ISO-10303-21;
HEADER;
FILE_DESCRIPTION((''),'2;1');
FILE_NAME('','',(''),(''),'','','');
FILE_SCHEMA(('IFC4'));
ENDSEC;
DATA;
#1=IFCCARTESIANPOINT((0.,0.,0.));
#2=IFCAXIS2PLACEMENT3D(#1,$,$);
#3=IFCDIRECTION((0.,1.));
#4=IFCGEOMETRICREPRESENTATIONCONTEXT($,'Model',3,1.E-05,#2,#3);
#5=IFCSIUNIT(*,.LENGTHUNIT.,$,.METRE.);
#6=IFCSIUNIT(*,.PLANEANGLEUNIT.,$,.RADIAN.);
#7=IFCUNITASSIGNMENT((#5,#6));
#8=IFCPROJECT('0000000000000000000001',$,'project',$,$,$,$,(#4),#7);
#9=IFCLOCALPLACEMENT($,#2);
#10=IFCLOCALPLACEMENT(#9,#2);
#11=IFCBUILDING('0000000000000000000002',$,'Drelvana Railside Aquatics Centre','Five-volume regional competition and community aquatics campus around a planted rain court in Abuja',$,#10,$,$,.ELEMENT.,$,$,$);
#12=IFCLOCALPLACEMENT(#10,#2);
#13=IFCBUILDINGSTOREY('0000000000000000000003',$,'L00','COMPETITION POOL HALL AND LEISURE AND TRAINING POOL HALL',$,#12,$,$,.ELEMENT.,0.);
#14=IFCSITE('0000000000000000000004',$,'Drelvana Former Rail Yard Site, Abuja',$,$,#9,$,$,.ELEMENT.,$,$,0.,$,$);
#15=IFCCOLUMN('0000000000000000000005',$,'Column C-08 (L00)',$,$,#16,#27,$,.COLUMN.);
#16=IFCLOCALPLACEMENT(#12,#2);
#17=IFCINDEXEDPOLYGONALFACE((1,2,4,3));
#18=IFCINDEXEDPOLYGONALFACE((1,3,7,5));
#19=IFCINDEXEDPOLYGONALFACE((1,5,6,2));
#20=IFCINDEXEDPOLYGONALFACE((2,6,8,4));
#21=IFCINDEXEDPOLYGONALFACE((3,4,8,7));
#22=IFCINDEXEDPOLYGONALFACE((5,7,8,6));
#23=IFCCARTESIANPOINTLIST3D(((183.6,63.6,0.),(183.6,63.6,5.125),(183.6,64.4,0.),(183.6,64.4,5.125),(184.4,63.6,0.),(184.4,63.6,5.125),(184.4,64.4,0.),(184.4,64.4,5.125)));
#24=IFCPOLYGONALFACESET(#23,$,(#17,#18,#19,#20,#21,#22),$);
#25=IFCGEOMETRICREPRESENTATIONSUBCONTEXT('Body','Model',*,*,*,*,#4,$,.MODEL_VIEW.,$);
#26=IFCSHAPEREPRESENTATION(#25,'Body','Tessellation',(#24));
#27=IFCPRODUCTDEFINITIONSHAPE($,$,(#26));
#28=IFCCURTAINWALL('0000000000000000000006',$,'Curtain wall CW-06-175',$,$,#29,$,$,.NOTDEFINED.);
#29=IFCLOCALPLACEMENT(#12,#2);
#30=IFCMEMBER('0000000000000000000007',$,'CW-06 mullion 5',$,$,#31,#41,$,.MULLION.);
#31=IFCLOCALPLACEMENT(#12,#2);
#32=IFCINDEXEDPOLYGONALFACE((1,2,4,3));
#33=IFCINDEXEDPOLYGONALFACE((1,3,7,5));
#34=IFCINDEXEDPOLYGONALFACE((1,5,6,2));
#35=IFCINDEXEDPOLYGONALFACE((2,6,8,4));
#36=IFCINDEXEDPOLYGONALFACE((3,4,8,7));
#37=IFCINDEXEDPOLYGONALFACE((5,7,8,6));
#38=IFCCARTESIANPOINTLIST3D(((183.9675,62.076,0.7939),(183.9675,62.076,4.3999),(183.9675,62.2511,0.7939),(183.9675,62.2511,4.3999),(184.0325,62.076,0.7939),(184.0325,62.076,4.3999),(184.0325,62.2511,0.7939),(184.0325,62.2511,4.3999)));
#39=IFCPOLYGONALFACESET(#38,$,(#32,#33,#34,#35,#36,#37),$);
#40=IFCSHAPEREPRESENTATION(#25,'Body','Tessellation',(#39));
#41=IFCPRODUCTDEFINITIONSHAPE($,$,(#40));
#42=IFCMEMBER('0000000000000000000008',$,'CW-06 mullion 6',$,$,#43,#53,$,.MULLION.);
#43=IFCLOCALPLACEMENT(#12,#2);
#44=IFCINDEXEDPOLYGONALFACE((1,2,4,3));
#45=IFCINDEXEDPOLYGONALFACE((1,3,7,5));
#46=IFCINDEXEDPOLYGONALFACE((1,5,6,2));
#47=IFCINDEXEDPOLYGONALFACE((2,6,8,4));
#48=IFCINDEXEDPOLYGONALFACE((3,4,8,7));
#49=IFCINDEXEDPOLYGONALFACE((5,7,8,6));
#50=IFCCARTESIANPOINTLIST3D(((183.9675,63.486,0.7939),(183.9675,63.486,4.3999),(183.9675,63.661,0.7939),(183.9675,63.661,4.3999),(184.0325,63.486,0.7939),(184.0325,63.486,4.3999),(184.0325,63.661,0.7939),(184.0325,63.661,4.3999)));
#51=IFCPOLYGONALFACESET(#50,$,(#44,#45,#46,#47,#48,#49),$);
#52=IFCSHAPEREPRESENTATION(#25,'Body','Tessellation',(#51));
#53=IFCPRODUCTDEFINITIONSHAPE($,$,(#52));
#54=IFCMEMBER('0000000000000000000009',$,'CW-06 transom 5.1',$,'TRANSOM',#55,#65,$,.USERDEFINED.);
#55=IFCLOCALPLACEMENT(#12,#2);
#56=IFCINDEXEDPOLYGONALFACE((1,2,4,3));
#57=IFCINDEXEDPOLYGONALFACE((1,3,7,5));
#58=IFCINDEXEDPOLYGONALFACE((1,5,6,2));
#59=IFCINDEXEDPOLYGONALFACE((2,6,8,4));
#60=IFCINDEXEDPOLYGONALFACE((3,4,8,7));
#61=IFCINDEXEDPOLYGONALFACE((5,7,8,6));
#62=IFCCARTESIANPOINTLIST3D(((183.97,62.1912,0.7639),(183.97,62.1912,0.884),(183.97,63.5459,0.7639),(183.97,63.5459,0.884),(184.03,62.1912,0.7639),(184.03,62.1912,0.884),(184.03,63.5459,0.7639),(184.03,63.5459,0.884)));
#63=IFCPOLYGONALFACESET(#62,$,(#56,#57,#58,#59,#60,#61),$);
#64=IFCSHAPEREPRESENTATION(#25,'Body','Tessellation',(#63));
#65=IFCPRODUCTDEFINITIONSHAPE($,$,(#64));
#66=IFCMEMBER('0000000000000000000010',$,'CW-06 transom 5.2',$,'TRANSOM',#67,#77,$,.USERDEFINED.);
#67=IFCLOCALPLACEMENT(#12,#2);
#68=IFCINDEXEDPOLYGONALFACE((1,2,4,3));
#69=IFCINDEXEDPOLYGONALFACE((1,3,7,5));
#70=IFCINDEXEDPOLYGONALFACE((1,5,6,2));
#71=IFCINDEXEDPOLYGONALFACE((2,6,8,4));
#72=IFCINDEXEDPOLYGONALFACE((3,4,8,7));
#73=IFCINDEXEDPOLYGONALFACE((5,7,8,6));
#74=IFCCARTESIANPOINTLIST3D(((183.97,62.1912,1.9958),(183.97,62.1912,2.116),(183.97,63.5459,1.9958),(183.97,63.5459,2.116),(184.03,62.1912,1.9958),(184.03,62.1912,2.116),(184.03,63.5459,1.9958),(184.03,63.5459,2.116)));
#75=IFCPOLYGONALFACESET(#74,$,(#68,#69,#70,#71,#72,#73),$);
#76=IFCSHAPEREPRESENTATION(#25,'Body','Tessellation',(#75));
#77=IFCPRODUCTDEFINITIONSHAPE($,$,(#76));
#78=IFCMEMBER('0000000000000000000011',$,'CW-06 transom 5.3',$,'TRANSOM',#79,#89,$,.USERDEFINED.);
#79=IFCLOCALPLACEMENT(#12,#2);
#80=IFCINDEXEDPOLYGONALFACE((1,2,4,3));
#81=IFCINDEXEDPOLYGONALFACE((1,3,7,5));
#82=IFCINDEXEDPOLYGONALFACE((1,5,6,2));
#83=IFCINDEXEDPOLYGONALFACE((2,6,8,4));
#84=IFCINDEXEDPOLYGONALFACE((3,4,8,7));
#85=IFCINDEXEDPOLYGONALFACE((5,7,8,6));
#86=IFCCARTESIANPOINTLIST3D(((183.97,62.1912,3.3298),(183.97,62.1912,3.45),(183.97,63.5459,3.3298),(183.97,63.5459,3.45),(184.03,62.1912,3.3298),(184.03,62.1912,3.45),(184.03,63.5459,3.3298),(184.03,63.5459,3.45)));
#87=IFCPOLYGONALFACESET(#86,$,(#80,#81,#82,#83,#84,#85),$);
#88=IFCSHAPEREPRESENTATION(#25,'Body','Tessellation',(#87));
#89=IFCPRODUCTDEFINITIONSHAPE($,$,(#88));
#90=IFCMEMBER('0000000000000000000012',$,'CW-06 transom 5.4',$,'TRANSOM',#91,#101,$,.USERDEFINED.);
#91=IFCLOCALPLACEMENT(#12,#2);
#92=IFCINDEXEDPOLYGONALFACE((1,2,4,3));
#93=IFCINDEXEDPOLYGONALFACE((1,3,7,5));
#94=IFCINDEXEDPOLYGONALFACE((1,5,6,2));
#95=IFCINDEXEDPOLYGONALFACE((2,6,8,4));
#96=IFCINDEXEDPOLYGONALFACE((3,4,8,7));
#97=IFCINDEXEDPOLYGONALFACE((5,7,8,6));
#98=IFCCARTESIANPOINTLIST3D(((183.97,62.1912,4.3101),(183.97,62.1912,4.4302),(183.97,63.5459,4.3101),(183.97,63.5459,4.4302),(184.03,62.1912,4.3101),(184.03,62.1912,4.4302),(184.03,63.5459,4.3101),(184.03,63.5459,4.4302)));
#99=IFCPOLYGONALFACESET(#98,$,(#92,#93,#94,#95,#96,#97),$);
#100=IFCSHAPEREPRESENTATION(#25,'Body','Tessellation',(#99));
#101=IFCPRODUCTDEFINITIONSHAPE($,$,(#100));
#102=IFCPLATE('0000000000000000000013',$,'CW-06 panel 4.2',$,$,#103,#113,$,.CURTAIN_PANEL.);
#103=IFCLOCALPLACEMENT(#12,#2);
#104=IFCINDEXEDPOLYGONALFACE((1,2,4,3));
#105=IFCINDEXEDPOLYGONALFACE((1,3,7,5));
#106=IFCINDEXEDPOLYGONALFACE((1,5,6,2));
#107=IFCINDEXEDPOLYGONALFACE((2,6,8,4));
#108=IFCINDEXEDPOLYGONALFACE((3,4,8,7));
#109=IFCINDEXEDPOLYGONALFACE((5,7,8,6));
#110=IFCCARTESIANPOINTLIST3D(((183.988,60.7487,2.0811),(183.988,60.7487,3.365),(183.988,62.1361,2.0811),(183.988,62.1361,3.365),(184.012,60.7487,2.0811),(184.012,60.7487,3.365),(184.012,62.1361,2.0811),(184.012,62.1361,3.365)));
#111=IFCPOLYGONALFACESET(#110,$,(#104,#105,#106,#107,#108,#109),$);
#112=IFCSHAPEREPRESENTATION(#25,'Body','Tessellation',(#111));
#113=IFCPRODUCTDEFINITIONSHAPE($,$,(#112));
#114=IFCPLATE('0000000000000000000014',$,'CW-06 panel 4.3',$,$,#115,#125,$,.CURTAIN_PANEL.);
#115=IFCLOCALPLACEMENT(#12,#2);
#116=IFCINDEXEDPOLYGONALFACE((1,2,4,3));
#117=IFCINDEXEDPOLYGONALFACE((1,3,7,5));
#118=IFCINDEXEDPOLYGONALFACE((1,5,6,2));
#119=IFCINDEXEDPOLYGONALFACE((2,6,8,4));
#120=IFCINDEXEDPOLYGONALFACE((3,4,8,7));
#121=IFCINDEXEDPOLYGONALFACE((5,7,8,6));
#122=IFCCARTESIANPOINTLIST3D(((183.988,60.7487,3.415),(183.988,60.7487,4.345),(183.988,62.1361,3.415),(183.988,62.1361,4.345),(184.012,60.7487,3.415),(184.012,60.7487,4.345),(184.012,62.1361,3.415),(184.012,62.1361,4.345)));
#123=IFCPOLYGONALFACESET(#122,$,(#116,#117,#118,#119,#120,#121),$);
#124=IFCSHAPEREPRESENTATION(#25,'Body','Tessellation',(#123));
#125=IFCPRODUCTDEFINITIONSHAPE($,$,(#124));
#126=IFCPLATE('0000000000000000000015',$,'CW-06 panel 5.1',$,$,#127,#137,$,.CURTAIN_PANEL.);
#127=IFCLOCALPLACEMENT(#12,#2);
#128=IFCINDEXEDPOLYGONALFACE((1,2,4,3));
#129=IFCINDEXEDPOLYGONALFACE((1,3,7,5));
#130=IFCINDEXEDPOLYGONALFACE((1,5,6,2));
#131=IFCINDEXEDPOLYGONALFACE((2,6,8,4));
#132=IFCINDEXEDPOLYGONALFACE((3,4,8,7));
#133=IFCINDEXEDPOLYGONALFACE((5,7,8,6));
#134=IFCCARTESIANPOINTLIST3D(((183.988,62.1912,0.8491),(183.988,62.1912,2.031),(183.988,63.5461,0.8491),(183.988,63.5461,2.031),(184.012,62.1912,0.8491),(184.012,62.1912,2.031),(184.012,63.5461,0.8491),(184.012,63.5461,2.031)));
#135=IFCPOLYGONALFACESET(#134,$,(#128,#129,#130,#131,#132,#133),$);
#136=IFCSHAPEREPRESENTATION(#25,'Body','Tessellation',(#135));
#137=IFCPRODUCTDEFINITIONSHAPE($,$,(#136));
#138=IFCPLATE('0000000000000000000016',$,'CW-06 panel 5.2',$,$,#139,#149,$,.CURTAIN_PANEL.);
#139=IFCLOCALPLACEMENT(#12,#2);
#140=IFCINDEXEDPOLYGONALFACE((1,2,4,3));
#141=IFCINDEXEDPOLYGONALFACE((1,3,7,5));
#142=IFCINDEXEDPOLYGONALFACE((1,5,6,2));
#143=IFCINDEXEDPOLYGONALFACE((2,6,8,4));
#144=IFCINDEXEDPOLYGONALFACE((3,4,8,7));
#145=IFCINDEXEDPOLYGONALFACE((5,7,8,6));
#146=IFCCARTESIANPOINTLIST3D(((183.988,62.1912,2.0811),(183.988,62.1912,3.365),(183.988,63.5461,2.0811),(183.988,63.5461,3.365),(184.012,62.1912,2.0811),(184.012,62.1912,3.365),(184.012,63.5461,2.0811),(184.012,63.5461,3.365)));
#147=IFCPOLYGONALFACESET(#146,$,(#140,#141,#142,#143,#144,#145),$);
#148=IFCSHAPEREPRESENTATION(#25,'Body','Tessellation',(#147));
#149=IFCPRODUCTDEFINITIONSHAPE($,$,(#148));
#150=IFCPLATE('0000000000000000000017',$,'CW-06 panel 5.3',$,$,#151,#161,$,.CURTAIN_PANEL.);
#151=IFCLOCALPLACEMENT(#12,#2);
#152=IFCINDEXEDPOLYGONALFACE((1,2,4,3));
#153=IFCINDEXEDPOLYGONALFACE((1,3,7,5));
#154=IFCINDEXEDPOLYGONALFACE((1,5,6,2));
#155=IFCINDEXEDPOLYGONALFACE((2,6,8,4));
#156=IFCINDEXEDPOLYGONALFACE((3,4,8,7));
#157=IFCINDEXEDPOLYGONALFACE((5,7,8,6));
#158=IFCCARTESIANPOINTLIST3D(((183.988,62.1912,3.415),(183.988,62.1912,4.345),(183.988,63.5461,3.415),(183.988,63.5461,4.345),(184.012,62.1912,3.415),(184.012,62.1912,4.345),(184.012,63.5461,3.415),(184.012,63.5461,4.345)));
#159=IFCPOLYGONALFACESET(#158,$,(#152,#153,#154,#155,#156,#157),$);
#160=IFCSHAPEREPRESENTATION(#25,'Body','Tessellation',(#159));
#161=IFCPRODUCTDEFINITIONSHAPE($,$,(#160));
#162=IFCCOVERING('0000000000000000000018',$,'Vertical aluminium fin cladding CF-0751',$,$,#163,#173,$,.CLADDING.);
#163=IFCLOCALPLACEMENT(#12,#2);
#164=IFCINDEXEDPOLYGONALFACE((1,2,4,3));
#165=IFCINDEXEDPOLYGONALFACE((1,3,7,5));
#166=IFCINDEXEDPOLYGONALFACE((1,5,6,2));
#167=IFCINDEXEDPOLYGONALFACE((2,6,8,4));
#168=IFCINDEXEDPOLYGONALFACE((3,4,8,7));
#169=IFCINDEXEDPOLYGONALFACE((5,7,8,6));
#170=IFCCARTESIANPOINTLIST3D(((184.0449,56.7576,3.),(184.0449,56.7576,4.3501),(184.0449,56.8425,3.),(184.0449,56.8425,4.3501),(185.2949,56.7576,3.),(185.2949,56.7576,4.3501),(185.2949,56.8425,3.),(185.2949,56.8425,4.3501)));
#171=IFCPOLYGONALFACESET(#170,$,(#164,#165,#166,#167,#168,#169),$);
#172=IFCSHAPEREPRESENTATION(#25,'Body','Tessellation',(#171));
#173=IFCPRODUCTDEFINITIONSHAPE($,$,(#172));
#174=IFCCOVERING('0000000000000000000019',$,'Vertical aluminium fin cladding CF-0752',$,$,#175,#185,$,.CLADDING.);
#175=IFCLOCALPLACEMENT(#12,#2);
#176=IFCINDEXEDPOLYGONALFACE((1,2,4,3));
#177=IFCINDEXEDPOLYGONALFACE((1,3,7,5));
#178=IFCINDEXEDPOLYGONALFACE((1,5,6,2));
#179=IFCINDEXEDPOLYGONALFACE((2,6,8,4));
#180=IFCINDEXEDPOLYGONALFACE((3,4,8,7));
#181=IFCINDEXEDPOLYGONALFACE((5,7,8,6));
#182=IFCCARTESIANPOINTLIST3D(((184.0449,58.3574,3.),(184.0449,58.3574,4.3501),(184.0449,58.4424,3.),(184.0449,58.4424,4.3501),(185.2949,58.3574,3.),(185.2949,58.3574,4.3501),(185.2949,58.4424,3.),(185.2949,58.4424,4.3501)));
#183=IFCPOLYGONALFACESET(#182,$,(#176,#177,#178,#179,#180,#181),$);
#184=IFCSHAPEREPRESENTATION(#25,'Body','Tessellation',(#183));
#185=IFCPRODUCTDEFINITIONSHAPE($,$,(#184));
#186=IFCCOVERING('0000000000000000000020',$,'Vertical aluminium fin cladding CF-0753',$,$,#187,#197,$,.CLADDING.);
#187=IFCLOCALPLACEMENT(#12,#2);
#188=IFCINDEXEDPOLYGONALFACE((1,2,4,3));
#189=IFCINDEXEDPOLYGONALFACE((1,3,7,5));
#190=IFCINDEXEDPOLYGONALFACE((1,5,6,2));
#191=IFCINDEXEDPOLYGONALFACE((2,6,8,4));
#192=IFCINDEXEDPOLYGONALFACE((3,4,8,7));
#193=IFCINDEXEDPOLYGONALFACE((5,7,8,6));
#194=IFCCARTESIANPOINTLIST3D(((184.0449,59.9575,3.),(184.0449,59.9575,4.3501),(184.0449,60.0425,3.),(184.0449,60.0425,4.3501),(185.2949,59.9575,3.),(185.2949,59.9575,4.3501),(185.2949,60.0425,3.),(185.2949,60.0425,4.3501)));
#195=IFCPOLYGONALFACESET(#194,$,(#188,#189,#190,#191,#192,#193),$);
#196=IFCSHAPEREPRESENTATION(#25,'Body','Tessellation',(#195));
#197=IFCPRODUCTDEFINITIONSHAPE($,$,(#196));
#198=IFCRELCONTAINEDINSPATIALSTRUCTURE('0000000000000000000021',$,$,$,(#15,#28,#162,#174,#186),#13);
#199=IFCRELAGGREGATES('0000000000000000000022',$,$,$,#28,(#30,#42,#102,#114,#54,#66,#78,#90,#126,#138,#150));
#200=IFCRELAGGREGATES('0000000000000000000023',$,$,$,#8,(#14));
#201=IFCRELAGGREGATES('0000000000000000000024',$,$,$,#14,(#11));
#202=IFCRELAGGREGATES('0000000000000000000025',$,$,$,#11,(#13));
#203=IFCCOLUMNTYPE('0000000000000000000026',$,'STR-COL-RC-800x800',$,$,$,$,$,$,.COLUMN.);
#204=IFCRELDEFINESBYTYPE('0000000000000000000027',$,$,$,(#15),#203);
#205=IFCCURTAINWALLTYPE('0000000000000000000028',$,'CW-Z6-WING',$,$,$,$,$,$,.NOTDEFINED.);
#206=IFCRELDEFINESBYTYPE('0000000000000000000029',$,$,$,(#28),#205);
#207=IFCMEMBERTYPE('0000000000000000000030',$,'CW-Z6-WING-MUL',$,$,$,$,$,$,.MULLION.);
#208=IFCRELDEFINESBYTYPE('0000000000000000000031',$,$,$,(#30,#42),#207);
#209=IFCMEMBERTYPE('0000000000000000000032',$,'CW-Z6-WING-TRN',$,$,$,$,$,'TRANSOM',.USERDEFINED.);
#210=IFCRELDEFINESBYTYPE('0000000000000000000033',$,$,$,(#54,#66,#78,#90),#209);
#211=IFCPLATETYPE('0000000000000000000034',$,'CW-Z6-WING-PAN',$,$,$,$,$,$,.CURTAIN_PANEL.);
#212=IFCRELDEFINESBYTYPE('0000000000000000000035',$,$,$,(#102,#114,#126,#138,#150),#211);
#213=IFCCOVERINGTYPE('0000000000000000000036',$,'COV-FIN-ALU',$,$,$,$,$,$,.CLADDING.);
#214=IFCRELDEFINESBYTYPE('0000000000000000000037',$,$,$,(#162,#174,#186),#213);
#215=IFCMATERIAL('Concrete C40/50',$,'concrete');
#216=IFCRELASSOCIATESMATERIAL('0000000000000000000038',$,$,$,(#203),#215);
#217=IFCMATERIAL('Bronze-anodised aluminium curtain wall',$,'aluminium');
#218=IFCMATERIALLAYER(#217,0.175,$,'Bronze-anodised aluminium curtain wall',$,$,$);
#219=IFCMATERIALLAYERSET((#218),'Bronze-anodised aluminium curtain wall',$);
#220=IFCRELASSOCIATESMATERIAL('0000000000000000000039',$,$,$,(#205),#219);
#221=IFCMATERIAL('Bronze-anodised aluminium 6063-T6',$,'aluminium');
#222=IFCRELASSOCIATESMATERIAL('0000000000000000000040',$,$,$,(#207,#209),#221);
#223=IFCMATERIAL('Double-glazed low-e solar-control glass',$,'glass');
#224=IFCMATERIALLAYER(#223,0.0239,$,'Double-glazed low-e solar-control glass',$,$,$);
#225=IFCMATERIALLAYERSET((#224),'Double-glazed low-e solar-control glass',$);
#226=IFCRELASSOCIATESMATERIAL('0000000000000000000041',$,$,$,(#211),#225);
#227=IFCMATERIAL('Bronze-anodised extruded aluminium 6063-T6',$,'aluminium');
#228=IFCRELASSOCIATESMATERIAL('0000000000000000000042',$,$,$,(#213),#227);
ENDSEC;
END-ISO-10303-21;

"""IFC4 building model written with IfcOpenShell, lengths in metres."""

from ifc_helpers import new_model, si_unit, direction, frame, origin, origin_2d, place, context, subcontext, project, spatial, rectangle, extrude, material, layer, layer_set, material_profile, profile_set, type_object, element, aggregate, save


model = new_model("IFC4")

# Units and contexts
model_context = context("Model", 3, precision=1e-05, world=origin(), true_north=direction((0.0, 1.0)))
body_context = subcontext(model_context, "Body", "Model", "MODEL_VIEW")
ifc_project = project(units=[si_unit("LENGTHUNIT", "METRE"), si_unit("PLANEANGLEUNIT", "RADIAN")], contexts=[model_context])

# Site, building, storey
site_placement = place(None, origin())
site = spatial("IfcSite", under=ifc_project, at=site_placement, Name="Drelvana Former Rail Yard Site, Abuja", CompositionType="ELEMENT", RefElevation=0.0)
building_placement = place(site_placement, origin())
building = spatial("IfcBuilding", under=site, at=building_placement, Name="Drelvana Railside Aquatics Centre", Description="Five-volume regional competition and community aquatics campus around a planted rain court in Abuja", CompositionType="ELEMENT")
storey_placement = place(building_placement, origin())
storey = spatial("IfcBuildingStorey", under=building, at=storey_placement, Name="L00", Description="COMPETITION POOL HALL AND LEISURE AND TRAINING POOL HALL", CompositionType="ELEMENT", Elevation=0.0)

# Column
ifc_material_1 = material(Name="Concrete C40/50", Category="concrete")
ifc_material_profile_1 = material_profile(ifc_material_1, rectangle(XDim=0.8, YDim=0.8, at=origin_2d()), Name="RC 800x800")
ifc_profile_set_1 = profile_set([ifc_material_profile_1], Name="Concrete C40/50")
column_type = type_object("IfcColumnType", Name="STR-COL-RC-800x800", PredefinedType="COLUMN", material=ifc_profile_set_1)
column_placement = place(storey_placement, frame((184.0, 64.0, 0.0), z_axis=(0.0, 0.0, 1.0), x_axis=(1.0, 0.0, 0.0)))
element("IfcColumn", 1, at=column_placement, inside=storey, type_object=column_type, Name="Column C-08 (L00)", PredefinedType="COLUMN", context=body_context, shape_type="SweptSolid", body=[
    extrude(rectangle(XDim=0.8, YDim=0.8, at=origin_2d()), origin(), (0.0, 0.0, 1.0), 5.125),
])

# Curtain wall, members, plates
ifc_material_2 = material(Name="Bronze-anodised aluminium curtain wall", Category="aluminium")
ifc_layer_1 = layer(ifc_material_2, 0.175, Name="Bronze-anodised aluminium curtain wall")
ifc_layer_set_1 = layer_set([ifc_layer_1], Name="Bronze-anodised aluminium curtain wall")
curtain_wall_type = type_object("IfcCurtainWallType", Name="CW-Z6-WING", PredefinedType="NOTDEFINED", material=ifc_layer_set_1)
curtain_wall_placement = place(storey_placement, origin())
curtain_wall = element("IfcCurtainWall", 2, at=curtain_wall_placement, inside=storey, type_object=curtain_wall_type, Name="Curtain wall CW-06-175", PredefinedType="NOTDEFINED")
ifc_material_3 = material(Name="Bronze-anodised aluminium 6063-T6", Category="aluminium")
ifc_material_profile_2 = material_profile(ifc_material_3, rectangle(XDim=0.0649, YDim=0.175, at=origin_2d()), Name="ALU-M 65x175")
ifc_profile_set_2 = profile_set([ifc_material_profile_2], Name="Bronze-anodised aluminium 6063-T6")
member_type_1 = type_object("IfcMemberType", Name="CW-Z6-WING-MUL", PredefinedType="MULLION", material=ifc_profile_set_2)
member_1_placement = place(storey_placement, frame((184.0, 62.1636, 0.7939), z_axis=(0.0, 0.0, 1.0), x_axis=(-1.0, 0.0, 0.0)))
member_1 = element("IfcMember", 3, at=member_1_placement, type_object=member_type_1, Name="CW-06 mullion 5", PredefinedType="MULLION", context=body_context, shape_type="SweptSolid", body=[
    extrude(rectangle(XDim=0.0649, YDim=0.175, at=origin_2d()), origin(), (0.0, 0.0, 1.0), 3.606),
])
member_2_placement = place(storey_placement, frame((184.0, 63.5735, 0.7939), z_axis=(0.0, 0.0, 1.0), x_axis=(-1.0, 0.0, 0.0)))
member_2 = element("IfcMember", 4, at=member_2_placement, type_object=member_type_1, Name="CW-06 mullion 6", PredefinedType="MULLION", context=body_context, shape_type="SweptSolid", body=[
    extrude(rectangle(XDim=0.0649, YDim=0.175, at=origin_2d()), origin(), (0.0, 0.0, 1.0), 3.606),
])
ifc_material_profile_3 = material_profile(ifc_material_3, rectangle(XDim=0.1201, YDim=0.0601, at=origin_2d()), Name="ALU-T 60x120")
ifc_profile_set_3 = profile_set([ifc_material_profile_3], Name="Bronze-anodised aluminium 6063-T6")
member_type_2 = type_object("IfcMemberType", Name="CW-Z6-WING-TRN", ElementType="TRANSOM", PredefinedType="USERDEFINED", material=ifc_profile_set_3)
member_3_placement = place(storey_placement, frame((184.0, 62.1912, 0.824), z_axis=(0.0, 1.0, 0.0), x_axis=(0.0, 0.0, 1.0)))
member_3 = element("IfcMember", 5, at=member_3_placement, type_object=member_type_2, Name="CW-06 transom 5.1", ObjectType="TRANSOM", PredefinedType="USERDEFINED", context=body_context, shape_type="SweptSolid", body=[
    extrude(rectangle(XDim=0.1201, YDim=0.0601, at=origin_2d()), origin(), (0.0, 0.0, 1.0), 1.3547),
])
member_4_placement = place(storey_placement, frame((184.0, 62.1912, 2.0559), z_axis=(0.0, 1.0, 0.0), x_axis=(0.0, 0.0, 1.0)))
member_4 = element("IfcMember", 6, at=member_4_placement, type_object=member_type_2, Name="CW-06 transom 5.2", ObjectType="TRANSOM", PredefinedType="USERDEFINED", context=body_context, shape_type="SweptSolid", body=[
    extrude(rectangle(XDim=0.1201, YDim=0.0601, at=origin_2d()), origin(), (0.0, 0.0, 1.0), 1.3547),
])
member_5_placement = place(storey_placement, frame((184.0, 62.1912, 3.3899), z_axis=(0.0, 1.0, 0.0), x_axis=(0.0, 0.0, 1.0)))
member_5 = element("IfcMember", 7, at=member_5_placement, type_object=member_type_2, Name="CW-06 transom 5.3", ObjectType="TRANSOM", PredefinedType="USERDEFINED", context=body_context, shape_type="SweptSolid", body=[
    extrude(rectangle(XDim=0.1201, YDim=0.0601, at=origin_2d()), origin(), (0.0, 0.0, 1.0), 1.3547),
])
member_6_placement = place(storey_placement, frame((184.0, 62.1912, 4.3701), z_axis=(0.0, 1.0, 0.0), x_axis=(0.0, 0.0, 1.0)))
member_6 = element("IfcMember", 8, at=member_6_placement, type_object=member_type_2, Name="CW-06 transom 5.4", ObjectType="TRANSOM", PredefinedType="USERDEFINED", context=body_context, shape_type="SweptSolid", body=[
    extrude(rectangle(XDim=0.1201, YDim=0.0601, at=origin_2d()), origin(), (0.0, 0.0, 1.0), 1.3547),
])
ifc_material_4 = material(Name="Double-glazed low-e solar-control glass", Category="glass")
ifc_layer_2 = layer(ifc_material_4, 0.0239, Name="Double-glazed low-e solar-control glass")
ifc_layer_set_2 = layer_set([ifc_layer_2], Name="Double-glazed low-e solar-control glass")
plate_type = type_object("IfcPlateType", Name="CW-Z6-WING-PAN", PredefinedType="CURTAIN_PANEL", material=ifc_layer_set_2)
plate_1_placement = place(storey_placement, frame((184.0, 61.4424, 2.0811), z_axis=(0.0, 0.0, 1.0), x_axis=(0.0, 1.0, 0.0)))
plate_1 = element("IfcPlate", 9, at=plate_1_placement, type_object=plate_type, Name="CW-06 panel 4.2", PredefinedType="CURTAIN_PANEL", context=body_context, shape_type="SweptSolid", body=[
    extrude(rectangle(XDim=1.3875, YDim=0.0239, at=origin_2d()), origin(), (0.0, 0.0, 1.0), 1.2839),
])
plate_2_placement = place(storey_placement, frame((184.0, 61.4424, 3.415), z_axis=(0.0, 0.0, 1.0), x_axis=(0.0, 1.0, 0.0)))
plate_2 = element("IfcPlate", 10, at=plate_2_placement, type_object=plate_type, Name="CW-06 panel 4.3", PredefinedType="CURTAIN_PANEL", context=body_context, shape_type="SweptSolid", body=[
    extrude(rectangle(XDim=1.3875, YDim=0.0239, at=origin_2d()), origin(), (0.0, 0.0, 1.0), 0.9299),
])
plate_3_placement = place(storey_placement, frame((184.0, 62.8687, 0.8491), z_axis=(0.0, 0.0, 1.0), x_axis=(0.0, 1.0, 0.0)))
plate_3 = element("IfcPlate", 11, at=plate_3_placement, type_object=plate_type, Name="CW-06 panel 5.1", PredefinedType="CURTAIN_PANEL", context=body_context, shape_type="SweptSolid", body=[
    extrude(rectangle(XDim=1.355, YDim=0.0239, at=origin_2d()), origin(), (0.0, 0.0, 1.0), 1.1819),
])
plate_4_placement = place(storey_placement, frame((184.0, 62.8687, 2.0811), z_axis=(0.0, 0.0, 1.0), x_axis=(0.0, 1.0, 0.0)))
plate_4 = element("IfcPlate", 12, at=plate_4_placement, type_object=plate_type, Name="CW-06 panel 5.2", PredefinedType="CURTAIN_PANEL", context=body_context, shape_type="SweptSolid", body=[
    extrude(rectangle(XDim=1.355, YDim=0.0239, at=origin_2d()), origin(), (0.0, 0.0, 1.0), 1.2839),
])
plate_5_placement = place(storey_placement, frame((184.0, 62.8687, 3.415), z_axis=(0.0, 0.0, 1.0), x_axis=(0.0, 1.0, 0.0)))
plate_5 = element("IfcPlate", 13, at=plate_5_placement, type_object=plate_type, Name="CW-06 panel 5.3", PredefinedType="CURTAIN_PANEL", context=body_context, shape_type="SweptSolid", body=[
    extrude(rectangle(XDim=1.355, YDim=0.0239, at=origin_2d()), origin(), (0.0, 0.0, 1.0), 0.9299),
])
aggregate(curtain_wall, [member_1, member_2, plate_1, plate_2, member_3, member_4, member_5, member_6, plate_3, plate_4, plate_5])

# Coverings
ifc_material_5 = material(Name="Bronze-anodised extruded aluminium 6063-T6", Category="aluminium")
covering_type = type_object("IfcCoveringType", Name="COV-FIN-ALU", PredefinedType="CLADDING", material=ifc_material_5)
for number, where, z_axis, x_axis, name in (
    (14, (184.6699, 56.8, 3.0), (0.0, 0.0, 1.0), (0.0, -1.0, 0.0), "Vertical aluminium fin cladding CF-0751"),
    (15, (184.6699, 58.3999, 3.0), (0.0, 0.0, 1.0), (0.0, -1.0, 0.0), "Vertical aluminium fin cladding CF-0752"),
    (16, (184.6699, 60.0, 3.0), (0.0, 0.0, 1.0), (0.0, -1.0, 0.0), "Vertical aluminium fin cladding CF-0753"),
):
    element("IfcCovering", number, at=place(storey_placement, frame(where, z_axis=z_axis, x_axis=x_axis)), inside=storey, type_object=covering_type, Name=name, PredefinedType="CLADDING", context=body_context, shape_type="SweptSolid", body=[
        extrude(rectangle(XDim=0.085, YDim=1.25, at=origin_2d()), origin(), (0.0, 0.0, 1.0), 1.3501),
    ])

save(model, "model.ifc")
